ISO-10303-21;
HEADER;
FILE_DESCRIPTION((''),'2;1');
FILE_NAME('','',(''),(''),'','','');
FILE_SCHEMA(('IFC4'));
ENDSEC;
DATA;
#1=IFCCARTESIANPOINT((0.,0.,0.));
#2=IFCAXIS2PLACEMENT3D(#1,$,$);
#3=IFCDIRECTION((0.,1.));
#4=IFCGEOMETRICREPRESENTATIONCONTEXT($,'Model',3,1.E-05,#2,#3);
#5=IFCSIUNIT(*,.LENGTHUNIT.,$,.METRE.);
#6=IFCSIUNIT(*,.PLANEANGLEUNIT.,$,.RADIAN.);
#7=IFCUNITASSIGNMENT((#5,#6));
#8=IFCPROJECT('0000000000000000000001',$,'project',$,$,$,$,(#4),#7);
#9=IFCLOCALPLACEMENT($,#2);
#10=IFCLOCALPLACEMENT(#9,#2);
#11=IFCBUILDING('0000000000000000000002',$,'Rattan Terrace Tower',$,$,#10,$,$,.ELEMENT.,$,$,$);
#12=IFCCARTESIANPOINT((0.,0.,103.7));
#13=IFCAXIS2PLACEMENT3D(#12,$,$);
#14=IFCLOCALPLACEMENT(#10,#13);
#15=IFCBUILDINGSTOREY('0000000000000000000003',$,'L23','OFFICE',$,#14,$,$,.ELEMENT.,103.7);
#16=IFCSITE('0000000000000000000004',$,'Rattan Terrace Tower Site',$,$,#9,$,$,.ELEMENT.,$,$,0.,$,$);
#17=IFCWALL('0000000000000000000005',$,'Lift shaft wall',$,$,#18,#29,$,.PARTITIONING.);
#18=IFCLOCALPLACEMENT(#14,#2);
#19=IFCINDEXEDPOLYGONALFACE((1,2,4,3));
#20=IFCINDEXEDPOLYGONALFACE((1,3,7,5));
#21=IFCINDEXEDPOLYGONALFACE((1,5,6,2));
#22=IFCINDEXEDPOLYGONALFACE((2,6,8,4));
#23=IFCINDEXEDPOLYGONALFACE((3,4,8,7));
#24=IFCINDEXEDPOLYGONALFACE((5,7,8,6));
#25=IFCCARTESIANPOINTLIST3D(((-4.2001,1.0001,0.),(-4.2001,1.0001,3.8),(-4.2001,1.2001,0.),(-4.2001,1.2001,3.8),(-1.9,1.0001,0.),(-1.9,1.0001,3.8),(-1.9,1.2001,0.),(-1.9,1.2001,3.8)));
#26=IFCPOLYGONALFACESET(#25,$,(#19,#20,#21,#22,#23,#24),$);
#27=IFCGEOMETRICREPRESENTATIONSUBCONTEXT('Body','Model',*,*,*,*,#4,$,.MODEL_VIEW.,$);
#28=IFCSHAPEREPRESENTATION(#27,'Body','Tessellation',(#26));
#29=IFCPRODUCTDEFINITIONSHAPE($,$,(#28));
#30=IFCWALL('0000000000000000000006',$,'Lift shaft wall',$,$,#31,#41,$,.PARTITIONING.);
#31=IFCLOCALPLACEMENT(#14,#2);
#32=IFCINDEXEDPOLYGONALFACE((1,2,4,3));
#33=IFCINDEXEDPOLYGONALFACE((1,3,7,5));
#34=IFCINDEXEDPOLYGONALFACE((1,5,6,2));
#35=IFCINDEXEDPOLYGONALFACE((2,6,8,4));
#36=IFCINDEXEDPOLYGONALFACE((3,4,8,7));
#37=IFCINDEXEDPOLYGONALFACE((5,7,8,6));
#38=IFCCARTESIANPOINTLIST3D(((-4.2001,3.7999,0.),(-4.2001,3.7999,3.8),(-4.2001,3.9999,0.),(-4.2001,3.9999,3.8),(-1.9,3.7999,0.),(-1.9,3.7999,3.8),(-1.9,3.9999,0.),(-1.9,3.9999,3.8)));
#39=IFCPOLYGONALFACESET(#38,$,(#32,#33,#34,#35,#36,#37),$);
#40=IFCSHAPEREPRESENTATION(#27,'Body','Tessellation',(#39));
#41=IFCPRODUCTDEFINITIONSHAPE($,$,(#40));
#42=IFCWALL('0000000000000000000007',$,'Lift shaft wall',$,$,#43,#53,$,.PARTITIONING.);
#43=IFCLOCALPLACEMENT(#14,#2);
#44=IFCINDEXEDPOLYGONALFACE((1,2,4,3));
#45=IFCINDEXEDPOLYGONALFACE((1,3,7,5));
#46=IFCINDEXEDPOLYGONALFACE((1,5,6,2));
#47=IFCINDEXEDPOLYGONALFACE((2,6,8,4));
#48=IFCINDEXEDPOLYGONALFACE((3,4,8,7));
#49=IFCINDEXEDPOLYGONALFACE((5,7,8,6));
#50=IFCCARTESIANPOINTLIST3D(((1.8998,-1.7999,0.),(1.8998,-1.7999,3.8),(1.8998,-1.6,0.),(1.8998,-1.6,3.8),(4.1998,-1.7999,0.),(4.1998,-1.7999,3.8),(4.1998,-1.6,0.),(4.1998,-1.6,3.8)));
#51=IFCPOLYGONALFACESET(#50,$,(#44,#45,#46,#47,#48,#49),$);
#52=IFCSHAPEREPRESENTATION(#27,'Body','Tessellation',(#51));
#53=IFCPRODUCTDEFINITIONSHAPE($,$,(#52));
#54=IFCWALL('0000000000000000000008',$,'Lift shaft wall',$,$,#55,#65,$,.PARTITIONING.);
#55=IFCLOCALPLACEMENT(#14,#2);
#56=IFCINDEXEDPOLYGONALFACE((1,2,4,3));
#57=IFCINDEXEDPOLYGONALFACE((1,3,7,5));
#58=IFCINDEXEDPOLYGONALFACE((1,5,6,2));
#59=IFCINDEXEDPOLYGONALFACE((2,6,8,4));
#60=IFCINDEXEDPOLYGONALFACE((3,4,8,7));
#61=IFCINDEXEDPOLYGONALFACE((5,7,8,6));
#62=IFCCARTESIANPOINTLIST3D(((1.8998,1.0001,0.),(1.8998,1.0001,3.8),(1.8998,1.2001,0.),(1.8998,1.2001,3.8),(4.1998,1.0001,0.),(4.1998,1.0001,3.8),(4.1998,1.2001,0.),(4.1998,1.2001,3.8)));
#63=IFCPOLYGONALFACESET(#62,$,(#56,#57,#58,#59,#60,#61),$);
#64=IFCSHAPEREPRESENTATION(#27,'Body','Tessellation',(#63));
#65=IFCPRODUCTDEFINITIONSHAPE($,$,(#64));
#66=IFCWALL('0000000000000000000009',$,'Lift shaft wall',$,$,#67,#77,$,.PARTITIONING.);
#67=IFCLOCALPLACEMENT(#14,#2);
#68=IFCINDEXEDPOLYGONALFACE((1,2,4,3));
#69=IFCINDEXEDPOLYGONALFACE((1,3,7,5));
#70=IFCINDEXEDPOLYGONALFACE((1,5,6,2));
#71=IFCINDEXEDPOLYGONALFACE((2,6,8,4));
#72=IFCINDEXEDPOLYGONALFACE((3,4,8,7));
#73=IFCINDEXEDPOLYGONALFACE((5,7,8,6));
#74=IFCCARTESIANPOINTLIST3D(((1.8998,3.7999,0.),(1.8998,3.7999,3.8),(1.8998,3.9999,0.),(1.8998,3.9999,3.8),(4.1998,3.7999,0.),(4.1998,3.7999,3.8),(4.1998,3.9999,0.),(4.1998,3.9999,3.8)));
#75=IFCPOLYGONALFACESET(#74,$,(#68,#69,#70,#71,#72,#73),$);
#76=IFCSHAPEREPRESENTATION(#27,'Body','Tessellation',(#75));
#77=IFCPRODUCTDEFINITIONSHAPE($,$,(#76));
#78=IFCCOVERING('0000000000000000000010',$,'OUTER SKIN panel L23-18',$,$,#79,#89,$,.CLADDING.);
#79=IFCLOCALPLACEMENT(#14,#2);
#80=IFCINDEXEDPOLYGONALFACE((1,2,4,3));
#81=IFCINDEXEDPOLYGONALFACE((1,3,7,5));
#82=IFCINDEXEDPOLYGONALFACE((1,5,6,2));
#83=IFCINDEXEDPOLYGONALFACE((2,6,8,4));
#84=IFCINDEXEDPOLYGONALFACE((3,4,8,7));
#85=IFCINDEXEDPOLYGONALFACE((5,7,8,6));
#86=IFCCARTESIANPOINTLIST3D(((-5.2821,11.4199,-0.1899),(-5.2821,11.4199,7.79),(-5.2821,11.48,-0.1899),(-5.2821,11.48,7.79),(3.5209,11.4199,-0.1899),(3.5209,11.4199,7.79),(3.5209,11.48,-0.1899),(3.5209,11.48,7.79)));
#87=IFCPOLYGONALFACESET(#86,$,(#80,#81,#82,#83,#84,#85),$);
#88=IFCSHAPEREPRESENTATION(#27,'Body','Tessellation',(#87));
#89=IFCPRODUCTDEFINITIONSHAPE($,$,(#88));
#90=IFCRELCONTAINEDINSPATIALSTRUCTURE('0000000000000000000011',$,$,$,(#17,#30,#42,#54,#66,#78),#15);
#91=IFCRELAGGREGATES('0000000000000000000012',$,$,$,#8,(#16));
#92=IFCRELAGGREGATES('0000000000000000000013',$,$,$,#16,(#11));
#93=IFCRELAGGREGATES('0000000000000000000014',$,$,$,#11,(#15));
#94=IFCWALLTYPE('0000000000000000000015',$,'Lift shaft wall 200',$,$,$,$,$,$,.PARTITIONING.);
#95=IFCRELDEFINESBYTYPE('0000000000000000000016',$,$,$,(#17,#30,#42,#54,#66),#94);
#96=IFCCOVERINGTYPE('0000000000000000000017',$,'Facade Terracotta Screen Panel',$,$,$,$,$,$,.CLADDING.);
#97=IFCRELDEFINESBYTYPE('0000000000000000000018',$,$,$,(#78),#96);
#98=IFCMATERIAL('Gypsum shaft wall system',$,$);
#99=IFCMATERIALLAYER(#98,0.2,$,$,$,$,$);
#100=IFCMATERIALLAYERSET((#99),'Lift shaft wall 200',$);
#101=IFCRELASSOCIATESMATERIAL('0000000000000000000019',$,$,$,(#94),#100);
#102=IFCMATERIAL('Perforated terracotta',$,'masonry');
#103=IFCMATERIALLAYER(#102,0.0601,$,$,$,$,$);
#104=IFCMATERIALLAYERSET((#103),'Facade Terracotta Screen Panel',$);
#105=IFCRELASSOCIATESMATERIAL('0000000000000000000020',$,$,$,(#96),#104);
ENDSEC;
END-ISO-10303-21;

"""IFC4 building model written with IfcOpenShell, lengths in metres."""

from ifc_helpers import new_model, si_unit, direction, frame, frame_2d, origin, origin_2d, place, context, subcontext, project, spatial, rectangle, extrude, material, layer, layer_set, type_object, element, save


model = new_model("IFC4")

# Units and contexts
model_context = context("Model", 3, precision=1e-05, world=origin(), true_north=direction((0.0, 1.0)))
body_context = subcontext(model_context, "Body", "Model", "MODEL_VIEW")
ifc_project = project(units=[si_unit("LENGTHUNIT", "METRE"), si_unit("PLANEANGLEUNIT", "RADIAN")], contexts=[model_context])

# Site, building, storey
site_placement = place(None, origin())
site = spatial("IfcSite", under=ifc_project, at=site_placement, Name="Rattan Terrace Tower Site", CompositionType="ELEMENT", RefElevation=0.0)
building_placement = place(site_placement, origin())
building = spatial("IfcBuilding", under=site, at=building_placement, Name="Rattan Terrace Tower", CompositionType="ELEMENT")
storey_placement = place(building_placement, frame((0.0, 0.0, 103.7)))
storey = spatial("IfcBuildingStorey", under=building, at=storey_placement, Name="L23", Description="OFFICE", CompositionType="ELEMENT", Elevation=103.7)

# Walls
ifc_material_1 = material(Name="Gypsum shaft wall system")
ifc_layer_1 = layer(ifc_material_1, 0.2)
ifc_layer_set_1 = layer_set([ifc_layer_1], Name="Lift shaft wall 200")
wall_type_1 = type_object("IfcWallType", Name="Lift shaft wall 200", PredefinedType="PARTITIONING", material=ifc_layer_set_1)
for number, where, z_axis, x_axis, name in (
    (1, (-4.2, 1.1001, 0.0), (0.0, 0.0, 1.0), (1.0, 0.0, 0.0), "Lift shaft wall"),
    (2, (-4.2, 3.8999, 0.0), (0.0, 0.0, 1.0), (1.0, 0.0, 0.0), "Lift shaft wall"),
    (3, (1.8999, -1.7, 0.0), (0.0, 0.0, 1.0), (1.0, 0.0, 0.0), "Lift shaft wall"),
    (4, (1.8999, 1.1001, 0.0), (0.0, 0.0, 1.0), (1.0, 0.0, 0.0), "Lift shaft wall"),
    (5, (1.8999, 3.8999, 0.0), (0.0, 0.0, 1.0), (1.0, 0.0, 0.0), "Lift shaft wall"),
):
    element("IfcWall", number, at=place(storey_placement, frame(where, z_axis=z_axis, x_axis=x_axis)), inside=storey, type_object=wall_type_1, Name=name, PredefinedType="PARTITIONING", context=body_context, shape_type="SweptSolid", body=[
        extrude(rectangle(XDim=2.3, YDim=0.2, at=frame_2d((1.1499, 0.0))), origin(), (0.0, 0.0, 1.0), 3.8),
    ])

# Covering
ifc_material_2 = material(Name="Perforated terracotta", Category="masonry")
ifc_layer_2 = layer(ifc_material_2, 0.0601)
ifc_layer_set_2 = layer_set([ifc_layer_2], Name="Facade Terracotta Screen Panel")
covering_type = type_object("IfcCoveringType", Name="Facade Terracotta Screen Panel", PredefinedType="CLADDING", material=ifc_layer_set_2)
covering_placement = place(storey_placement, frame((-0.8806, 11.45, -0.1899), z_axis=(0.0, 0.0, 1.0), x_axis=(-1.0, 0.0, 0.0)))
element("IfcCovering", 6, at=covering_placement, inside=storey, type_object=covering_type, Name="OUTER SKIN panel L23-18", PredefinedType="CLADDING", context=body_context, shape_type="SweptSolid", body=[
    extrude(rectangle(XDim=8.803, YDim=0.0601, at=origin_2d()), origin(), (0.0, 0.0, 1.0), 7.98),
])

save(model, "model.ifc")
